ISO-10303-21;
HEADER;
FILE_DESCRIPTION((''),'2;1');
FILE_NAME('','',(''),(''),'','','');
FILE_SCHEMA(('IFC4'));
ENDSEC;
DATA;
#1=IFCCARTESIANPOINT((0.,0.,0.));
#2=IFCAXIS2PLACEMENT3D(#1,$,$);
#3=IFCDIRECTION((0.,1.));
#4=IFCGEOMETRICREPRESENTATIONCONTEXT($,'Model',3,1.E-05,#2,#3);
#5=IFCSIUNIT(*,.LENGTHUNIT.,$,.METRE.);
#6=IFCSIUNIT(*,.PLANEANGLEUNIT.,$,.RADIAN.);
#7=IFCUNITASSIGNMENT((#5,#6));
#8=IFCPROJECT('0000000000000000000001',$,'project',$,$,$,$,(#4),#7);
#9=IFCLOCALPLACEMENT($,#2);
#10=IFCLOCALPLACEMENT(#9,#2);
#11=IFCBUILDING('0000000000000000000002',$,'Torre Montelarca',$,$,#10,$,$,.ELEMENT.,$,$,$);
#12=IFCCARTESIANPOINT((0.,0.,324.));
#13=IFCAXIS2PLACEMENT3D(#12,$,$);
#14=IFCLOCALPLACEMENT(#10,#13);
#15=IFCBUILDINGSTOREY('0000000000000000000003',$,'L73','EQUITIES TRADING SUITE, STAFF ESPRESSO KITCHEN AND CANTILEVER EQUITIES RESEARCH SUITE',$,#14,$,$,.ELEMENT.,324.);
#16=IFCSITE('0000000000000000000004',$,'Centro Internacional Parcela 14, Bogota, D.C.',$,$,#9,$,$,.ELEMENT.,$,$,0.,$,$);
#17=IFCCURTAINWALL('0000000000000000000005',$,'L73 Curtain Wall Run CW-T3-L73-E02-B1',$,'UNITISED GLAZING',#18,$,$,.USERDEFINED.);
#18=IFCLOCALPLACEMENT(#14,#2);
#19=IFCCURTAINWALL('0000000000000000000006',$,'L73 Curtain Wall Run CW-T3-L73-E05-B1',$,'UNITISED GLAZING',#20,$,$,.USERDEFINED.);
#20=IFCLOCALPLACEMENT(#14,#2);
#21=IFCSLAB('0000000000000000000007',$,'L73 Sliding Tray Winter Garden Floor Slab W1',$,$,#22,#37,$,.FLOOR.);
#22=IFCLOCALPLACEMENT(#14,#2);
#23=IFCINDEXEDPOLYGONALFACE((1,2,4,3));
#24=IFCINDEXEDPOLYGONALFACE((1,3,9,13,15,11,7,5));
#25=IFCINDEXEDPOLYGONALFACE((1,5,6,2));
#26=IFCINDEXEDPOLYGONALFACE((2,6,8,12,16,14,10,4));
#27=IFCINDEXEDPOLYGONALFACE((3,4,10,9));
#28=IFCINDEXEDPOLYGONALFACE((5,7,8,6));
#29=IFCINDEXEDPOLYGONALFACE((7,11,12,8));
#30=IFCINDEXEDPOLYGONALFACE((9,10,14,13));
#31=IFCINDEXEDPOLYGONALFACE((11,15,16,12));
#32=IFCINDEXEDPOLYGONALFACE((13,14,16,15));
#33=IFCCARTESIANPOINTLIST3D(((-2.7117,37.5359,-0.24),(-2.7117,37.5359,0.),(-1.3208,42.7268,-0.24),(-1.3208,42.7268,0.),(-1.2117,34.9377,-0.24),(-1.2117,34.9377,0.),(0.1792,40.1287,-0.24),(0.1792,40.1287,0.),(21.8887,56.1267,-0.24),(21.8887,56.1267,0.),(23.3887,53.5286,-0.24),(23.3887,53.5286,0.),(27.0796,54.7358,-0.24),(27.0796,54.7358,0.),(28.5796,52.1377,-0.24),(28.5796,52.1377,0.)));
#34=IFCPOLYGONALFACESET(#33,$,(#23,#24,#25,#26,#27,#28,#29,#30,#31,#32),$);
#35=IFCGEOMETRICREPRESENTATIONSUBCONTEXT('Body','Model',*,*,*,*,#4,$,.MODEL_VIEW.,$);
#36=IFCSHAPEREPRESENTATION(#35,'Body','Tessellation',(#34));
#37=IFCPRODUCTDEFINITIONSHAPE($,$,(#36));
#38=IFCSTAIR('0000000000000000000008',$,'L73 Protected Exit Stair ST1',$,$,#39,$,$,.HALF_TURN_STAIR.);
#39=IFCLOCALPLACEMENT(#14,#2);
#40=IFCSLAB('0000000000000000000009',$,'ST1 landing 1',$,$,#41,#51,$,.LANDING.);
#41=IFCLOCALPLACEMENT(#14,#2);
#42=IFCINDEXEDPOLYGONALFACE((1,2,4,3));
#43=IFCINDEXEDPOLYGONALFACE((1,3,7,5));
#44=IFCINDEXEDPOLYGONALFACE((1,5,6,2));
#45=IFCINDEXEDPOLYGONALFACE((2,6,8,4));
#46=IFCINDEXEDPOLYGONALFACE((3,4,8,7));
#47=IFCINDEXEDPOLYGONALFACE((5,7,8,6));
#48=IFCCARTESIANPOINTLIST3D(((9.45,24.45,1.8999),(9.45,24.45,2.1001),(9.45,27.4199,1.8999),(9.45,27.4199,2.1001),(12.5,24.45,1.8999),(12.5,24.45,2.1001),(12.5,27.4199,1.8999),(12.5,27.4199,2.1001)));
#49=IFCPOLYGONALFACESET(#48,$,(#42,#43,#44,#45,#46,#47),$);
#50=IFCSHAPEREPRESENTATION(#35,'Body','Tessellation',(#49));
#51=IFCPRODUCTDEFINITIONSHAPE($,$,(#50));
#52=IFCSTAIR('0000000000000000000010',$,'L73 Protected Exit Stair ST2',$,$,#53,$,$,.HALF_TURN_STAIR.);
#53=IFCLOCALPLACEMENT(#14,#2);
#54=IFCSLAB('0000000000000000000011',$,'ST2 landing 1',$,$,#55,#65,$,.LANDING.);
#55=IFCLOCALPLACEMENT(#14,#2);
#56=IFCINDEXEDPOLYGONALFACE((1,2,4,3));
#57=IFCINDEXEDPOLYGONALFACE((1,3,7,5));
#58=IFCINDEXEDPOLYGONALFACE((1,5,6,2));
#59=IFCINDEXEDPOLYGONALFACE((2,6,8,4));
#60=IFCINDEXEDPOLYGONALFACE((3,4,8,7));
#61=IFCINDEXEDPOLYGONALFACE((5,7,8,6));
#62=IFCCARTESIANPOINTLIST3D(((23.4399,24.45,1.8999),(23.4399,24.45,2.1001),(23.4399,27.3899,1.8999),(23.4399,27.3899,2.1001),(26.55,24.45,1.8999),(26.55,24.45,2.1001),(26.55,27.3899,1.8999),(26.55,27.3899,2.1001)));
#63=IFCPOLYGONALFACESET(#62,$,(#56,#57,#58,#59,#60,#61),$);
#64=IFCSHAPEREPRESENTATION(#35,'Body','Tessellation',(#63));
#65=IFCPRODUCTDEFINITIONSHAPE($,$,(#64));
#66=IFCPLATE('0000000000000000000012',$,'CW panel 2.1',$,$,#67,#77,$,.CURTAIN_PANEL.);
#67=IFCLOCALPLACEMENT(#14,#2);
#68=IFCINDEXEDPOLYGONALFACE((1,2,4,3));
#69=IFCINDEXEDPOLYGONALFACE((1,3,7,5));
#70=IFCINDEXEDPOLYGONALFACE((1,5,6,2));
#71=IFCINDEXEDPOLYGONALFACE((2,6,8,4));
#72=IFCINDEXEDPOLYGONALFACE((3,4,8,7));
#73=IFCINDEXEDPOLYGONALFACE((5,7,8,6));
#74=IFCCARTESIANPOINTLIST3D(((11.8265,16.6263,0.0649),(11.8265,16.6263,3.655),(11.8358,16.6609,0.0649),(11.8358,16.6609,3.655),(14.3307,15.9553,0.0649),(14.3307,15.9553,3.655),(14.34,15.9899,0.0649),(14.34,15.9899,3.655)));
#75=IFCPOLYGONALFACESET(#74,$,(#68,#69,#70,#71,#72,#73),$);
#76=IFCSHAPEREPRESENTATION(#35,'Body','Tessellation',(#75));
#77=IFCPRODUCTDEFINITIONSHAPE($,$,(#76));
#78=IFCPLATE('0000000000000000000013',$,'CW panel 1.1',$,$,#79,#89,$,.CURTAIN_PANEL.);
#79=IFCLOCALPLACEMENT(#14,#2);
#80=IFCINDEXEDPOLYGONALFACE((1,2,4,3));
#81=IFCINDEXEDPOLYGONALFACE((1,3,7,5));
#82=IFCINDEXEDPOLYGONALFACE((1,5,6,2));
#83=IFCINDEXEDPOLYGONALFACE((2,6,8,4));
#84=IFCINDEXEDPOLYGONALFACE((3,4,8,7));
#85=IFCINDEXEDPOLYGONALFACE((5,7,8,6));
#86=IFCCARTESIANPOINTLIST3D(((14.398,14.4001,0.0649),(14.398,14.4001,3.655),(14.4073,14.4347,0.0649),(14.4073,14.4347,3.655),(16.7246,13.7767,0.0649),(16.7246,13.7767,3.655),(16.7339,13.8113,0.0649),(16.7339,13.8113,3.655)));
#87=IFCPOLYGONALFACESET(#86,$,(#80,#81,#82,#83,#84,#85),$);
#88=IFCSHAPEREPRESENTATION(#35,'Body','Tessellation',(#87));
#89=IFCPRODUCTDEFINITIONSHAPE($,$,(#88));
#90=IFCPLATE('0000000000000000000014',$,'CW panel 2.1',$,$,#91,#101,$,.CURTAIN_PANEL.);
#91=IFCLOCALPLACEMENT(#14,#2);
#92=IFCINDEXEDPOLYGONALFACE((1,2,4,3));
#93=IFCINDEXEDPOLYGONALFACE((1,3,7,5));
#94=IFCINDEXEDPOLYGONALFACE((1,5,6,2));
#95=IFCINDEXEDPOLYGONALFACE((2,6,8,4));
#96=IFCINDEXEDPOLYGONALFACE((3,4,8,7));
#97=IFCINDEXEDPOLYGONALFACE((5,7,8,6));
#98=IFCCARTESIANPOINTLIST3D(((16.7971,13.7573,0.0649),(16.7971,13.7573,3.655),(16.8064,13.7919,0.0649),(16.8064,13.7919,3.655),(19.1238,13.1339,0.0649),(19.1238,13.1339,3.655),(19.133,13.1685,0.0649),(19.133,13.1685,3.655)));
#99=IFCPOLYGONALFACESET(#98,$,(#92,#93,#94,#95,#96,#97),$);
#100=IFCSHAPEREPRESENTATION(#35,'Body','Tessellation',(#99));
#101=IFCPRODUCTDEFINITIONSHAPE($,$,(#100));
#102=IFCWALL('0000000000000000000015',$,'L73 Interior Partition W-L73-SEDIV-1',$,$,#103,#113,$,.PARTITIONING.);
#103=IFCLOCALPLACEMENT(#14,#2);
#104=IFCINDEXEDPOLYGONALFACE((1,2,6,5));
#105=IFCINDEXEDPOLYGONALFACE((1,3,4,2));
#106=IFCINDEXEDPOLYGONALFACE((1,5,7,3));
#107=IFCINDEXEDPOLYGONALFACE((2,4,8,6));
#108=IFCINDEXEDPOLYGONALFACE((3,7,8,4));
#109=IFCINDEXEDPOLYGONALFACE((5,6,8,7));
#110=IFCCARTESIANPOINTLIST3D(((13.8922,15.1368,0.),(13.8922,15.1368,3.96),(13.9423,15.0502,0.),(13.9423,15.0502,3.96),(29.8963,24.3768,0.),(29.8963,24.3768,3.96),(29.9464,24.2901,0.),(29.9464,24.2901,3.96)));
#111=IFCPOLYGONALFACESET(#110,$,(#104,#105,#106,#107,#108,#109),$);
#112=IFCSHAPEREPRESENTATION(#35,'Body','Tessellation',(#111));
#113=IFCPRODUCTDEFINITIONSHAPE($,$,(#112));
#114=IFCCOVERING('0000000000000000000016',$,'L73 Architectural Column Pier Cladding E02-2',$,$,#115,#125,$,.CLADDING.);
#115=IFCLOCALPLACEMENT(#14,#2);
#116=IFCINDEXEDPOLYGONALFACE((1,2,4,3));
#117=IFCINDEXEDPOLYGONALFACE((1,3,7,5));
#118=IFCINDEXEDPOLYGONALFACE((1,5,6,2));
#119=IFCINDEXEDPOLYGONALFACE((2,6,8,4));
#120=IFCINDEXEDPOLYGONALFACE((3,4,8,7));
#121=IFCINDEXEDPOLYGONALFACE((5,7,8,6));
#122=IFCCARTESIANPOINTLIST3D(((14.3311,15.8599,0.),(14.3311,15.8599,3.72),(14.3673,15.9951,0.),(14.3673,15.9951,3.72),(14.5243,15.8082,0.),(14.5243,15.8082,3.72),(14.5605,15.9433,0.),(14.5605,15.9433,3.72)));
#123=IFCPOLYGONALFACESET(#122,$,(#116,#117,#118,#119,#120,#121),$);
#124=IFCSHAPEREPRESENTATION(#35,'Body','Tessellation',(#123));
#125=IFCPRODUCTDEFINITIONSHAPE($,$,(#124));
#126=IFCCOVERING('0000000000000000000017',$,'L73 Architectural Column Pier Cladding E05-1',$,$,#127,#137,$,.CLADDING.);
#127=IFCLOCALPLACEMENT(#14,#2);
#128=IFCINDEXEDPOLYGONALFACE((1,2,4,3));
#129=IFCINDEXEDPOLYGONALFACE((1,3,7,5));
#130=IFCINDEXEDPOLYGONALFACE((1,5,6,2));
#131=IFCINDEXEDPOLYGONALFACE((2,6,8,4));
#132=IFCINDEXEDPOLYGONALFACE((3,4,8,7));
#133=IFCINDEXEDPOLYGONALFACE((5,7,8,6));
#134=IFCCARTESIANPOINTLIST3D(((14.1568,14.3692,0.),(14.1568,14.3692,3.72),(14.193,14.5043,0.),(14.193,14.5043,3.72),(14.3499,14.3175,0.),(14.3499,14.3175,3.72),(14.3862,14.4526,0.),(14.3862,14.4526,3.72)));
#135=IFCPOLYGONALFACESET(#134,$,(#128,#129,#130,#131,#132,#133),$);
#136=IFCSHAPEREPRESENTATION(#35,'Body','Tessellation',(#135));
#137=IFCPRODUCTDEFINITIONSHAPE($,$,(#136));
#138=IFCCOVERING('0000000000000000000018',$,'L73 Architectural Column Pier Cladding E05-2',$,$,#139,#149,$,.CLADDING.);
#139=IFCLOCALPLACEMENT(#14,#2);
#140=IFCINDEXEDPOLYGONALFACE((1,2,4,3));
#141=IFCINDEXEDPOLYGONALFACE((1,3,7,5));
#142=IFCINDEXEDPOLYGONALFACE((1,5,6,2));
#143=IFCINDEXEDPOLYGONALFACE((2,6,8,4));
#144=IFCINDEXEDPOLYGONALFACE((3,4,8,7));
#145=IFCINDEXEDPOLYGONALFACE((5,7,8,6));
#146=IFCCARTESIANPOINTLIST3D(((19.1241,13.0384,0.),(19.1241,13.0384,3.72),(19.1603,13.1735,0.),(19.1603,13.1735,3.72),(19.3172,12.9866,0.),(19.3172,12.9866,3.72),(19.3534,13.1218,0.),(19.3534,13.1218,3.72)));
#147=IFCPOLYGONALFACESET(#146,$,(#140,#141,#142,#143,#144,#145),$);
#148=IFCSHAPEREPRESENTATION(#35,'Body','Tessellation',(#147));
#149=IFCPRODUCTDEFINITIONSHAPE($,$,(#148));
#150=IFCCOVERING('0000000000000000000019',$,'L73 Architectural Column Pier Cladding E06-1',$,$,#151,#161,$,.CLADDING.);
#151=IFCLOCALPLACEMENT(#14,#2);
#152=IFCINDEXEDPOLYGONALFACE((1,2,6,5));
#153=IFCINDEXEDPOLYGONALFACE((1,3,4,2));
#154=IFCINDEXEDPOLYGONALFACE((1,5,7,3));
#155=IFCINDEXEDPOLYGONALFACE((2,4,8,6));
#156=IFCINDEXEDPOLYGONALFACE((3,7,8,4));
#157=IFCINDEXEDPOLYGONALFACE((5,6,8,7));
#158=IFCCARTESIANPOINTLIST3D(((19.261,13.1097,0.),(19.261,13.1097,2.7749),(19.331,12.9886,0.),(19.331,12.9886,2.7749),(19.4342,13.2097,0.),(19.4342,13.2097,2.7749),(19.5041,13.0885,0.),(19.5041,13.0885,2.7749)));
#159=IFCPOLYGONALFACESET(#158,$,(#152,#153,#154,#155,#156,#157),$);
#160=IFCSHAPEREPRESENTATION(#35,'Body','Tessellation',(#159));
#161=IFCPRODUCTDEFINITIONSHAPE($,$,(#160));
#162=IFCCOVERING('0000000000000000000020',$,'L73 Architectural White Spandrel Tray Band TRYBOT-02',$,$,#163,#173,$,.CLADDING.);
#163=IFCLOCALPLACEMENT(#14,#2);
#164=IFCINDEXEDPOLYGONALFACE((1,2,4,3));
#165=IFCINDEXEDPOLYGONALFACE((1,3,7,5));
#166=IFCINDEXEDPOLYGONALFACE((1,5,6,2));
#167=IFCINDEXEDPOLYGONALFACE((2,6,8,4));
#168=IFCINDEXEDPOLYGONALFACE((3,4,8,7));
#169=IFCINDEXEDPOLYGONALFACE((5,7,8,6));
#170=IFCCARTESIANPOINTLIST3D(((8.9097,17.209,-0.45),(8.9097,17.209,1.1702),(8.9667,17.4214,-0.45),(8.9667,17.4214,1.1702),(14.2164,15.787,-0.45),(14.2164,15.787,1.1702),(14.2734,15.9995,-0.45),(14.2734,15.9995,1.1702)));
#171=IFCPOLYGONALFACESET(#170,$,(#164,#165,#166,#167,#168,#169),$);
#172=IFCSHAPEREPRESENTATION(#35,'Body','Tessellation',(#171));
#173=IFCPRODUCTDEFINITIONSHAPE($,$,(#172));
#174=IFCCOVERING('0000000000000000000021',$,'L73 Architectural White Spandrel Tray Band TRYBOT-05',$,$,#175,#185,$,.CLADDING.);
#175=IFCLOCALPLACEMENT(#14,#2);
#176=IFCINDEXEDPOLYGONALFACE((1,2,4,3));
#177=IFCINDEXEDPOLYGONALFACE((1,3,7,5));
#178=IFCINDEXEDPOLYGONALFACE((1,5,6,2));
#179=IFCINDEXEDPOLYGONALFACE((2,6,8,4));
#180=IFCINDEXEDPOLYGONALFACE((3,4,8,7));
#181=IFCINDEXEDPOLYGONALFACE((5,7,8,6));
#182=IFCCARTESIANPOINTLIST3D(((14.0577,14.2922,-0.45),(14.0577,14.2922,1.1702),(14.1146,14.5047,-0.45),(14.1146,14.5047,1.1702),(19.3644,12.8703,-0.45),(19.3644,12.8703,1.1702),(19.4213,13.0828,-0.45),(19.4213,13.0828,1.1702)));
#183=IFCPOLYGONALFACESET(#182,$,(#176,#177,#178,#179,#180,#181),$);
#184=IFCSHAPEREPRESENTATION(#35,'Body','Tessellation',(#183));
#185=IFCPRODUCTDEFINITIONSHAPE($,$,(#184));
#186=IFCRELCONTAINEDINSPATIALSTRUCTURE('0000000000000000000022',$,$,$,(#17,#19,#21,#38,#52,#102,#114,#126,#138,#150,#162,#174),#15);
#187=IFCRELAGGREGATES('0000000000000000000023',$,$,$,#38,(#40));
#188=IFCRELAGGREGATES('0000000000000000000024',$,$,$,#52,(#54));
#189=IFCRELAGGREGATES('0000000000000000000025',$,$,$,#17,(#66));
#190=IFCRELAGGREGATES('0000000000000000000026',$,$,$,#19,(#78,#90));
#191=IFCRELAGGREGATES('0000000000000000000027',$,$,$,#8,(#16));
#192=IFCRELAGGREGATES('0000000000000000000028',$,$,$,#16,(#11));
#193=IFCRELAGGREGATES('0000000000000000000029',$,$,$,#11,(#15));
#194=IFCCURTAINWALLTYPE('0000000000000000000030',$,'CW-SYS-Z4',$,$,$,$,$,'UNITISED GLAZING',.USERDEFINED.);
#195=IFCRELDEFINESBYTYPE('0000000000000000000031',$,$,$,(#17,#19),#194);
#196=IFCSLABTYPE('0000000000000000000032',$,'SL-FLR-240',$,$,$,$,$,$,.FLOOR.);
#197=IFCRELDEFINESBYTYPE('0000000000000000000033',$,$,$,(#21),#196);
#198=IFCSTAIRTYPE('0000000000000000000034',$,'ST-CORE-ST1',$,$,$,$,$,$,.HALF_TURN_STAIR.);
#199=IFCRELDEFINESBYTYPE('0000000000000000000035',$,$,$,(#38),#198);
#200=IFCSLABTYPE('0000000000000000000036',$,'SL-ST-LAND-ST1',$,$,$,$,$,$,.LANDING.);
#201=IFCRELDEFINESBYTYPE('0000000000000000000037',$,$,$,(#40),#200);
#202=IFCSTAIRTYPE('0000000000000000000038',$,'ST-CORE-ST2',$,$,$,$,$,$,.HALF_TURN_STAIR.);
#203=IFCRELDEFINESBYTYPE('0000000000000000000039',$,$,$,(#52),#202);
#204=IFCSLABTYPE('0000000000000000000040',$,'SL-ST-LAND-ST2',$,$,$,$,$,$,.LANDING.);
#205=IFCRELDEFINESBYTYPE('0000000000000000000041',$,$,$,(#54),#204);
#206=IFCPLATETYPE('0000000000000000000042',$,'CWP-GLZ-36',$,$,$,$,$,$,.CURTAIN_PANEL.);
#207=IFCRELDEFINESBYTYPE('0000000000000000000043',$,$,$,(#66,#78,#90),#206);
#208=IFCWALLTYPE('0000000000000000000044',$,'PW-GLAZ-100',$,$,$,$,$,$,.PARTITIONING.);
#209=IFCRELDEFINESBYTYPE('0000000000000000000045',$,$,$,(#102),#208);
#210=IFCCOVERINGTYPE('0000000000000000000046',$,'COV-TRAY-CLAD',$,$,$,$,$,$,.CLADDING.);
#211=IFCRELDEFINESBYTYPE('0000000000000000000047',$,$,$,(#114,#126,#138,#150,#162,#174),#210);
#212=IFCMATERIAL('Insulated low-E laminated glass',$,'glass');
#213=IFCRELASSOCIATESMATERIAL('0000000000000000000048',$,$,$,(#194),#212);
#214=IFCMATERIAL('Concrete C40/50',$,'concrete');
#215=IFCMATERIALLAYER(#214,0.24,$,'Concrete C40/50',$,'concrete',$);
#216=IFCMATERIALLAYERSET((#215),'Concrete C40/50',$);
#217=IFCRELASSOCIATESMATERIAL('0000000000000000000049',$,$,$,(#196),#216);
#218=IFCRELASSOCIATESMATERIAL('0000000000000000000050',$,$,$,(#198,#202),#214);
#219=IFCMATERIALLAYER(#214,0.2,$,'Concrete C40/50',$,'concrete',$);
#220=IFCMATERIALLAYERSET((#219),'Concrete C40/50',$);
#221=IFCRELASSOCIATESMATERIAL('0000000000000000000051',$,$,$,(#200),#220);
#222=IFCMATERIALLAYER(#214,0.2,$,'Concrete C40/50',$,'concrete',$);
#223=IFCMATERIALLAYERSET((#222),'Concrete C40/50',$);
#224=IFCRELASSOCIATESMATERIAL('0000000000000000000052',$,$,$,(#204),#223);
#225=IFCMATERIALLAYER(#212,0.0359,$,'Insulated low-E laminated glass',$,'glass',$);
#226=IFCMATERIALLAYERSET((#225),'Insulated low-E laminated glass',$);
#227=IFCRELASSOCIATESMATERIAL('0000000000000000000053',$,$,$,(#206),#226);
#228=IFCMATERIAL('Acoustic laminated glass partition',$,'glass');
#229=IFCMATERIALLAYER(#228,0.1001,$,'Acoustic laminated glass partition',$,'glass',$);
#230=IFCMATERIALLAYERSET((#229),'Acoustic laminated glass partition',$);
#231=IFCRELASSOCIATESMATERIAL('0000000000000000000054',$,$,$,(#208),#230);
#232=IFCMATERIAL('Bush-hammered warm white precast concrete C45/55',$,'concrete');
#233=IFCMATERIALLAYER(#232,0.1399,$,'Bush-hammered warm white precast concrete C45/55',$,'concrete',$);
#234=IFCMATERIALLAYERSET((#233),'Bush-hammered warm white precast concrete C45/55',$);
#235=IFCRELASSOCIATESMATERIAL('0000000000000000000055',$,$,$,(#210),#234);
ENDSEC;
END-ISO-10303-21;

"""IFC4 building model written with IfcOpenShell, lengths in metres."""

from ifc_helpers import new_model, si_unit, direction, frame, frame_2d, origin, origin_2d, place, context, subcontext, project, spatial, polyline, rectangle, outline, extrude, source, transform, mapped, material, layer, layer_set, type_object, element, aggregate, save


model = new_model("IFC4")

# Units and contexts
model_context = context("Model", 3, precision=1e-05, world=origin(), true_north=direction((0.0, 1.0)))
body_context = subcontext(model_context, "Body", "Model", "MODEL_VIEW")
ifc_project = project(units=[si_unit("LENGTHUNIT", "METRE"), si_unit("PLANEANGLEUNIT", "RADIAN")], contexts=[model_context])

# Site, building, storey
site_placement = place(None, origin())
site = spatial("IfcSite", under=ifc_project, at=site_placement, Name="Centro Internacional Parcela 14, Bogota, D.C.", CompositionType="ELEMENT", RefElevation=0.0)
building_placement = place(site_placement, origin())
building = spatial("IfcBuilding", under=site, at=building_placement, Name="Torre Montelarca", CompositionType="ELEMENT")
storey_placement = place(building_placement, frame((0.0, 0.0, 324.0)))
storey = spatial("IfcBuildingStorey", under=building, at=storey_placement, Name="L73", Description="EQUITIES TRADING SUITE, STAFF ESPRESSO KITCHEN AND CANTILEVER EQUITIES RESEARCH SUITE", CompositionType="ELEMENT", Elevation=324.0)

# Curtain wall
ifc_material_1 = material(Name="Insulated low-E laminated glass", Category="glass")
curtain_wall_type = type_object("IfcCurtainWallType", Name="CW-SYS-Z4", ElementType="UNITISED GLAZING", PredefinedType="USERDEFINED", material=ifc_material_1)
curtain_wall_1_placement = place(storey_placement, origin())
curtain_wall_1 = element("IfcCurtainWall", 1, at=curtain_wall_1_placement, inside=storey, type_object=curtain_wall_type, Name="L73 Curtain Wall Run CW-T3-L73-E02-B1", ObjectType="UNITISED GLAZING", PredefinedType="USERDEFINED")

# Curtain wall
curtain_wall_2_placement = place(storey_placement, origin())
curtain_wall_2 = element("IfcCurtainWall", 2, at=curtain_wall_2_placement, inside=storey, type_object=curtain_wall_type, Name="L73 Curtain Wall Run CW-T3-L73-E05-B1", ObjectType="UNITISED GLAZING", PredefinedType="USERDEFINED")

# Slab
ifc_material_2 = material(Name="Concrete C40/50", Category="concrete")
ifc_layer_1 = layer(ifc_material_2, 0.24, Name="Concrete C40/50", Category="concrete")
ifc_layer_set_1 = layer_set([ifc_layer_1], Name="Concrete C40/50")
slab_type_1 = type_object("IfcSlabType", Name="SL-FLR-240", PredefinedType="FLOOR", material=ifc_layer_set_1)
slab_1_placement = place(storey_placement, frame((0.0, 0.0, -0.24)))
element("IfcSlab", 3, at=slab_1_placement, inside=storey, type_object=slab_type_1, Name="L73 Sliding Tray Winter Garden Floor Slab W1", PredefinedType="FLOOR", context=body_context, shape_type="SweptSolid", body=[
    extrude(outline(polyline([(-1.2117, 34.9377), (0.1792, 40.1287), (23.3887, 53.5286), (28.5796, 52.1377), (27.0796, 54.7358), (21.8887, 56.1267), (-1.3208, 42.7268), (-2.7117, 37.5359), (-1.2117, 34.9377)])), origin(), (0.0, 0.0, 1.0), 0.24),
])

# Stairs, slabs
stair_type_1 = type_object("IfcStairType", Name="ST-CORE-ST1", PredefinedType="HALF_TURN_STAIR", material=ifc_material_2)
stair_1_placement = place(storey_placement, origin())
stair_1 = element("IfcStair", 4, at=stair_1_placement, inside=storey, type_object=stair_type_1, Name="L73 Protected Exit Stair ST1", PredefinedType="HALF_TURN_STAIR")
ifc_layer_2 = layer(ifc_material_2, 0.2, Name="Concrete C40/50", Category="concrete")
ifc_layer_set_2 = layer_set([ifc_layer_2], Name="Concrete C40/50")
slab_type_2 = type_object("IfcSlabType", Name="SL-ST-LAND-ST1", PredefinedType="LANDING", material=ifc_layer_set_2)
slab_2_placement = place(storey_placement, frame((0.0, 0.0, 1.8999)))
slab_2 = element("IfcSlab", 5, at=slab_2_placement, type_object=slab_type_2, Name="ST1 landing 1", PredefinedType="LANDING", context=body_context, shape_type="SweptSolid", body=[
    extrude(outline(polyline([(9.45, 27.4199), (9.45, 24.45), (12.5, 24.45), (12.5, 27.4199), (9.45, 27.4199)])), origin(), (0.0, 0.0, 1.0), 0.2002),
])
aggregate(stair_1, [slab_2])
stair_type_2 = type_object("IfcStairType", Name="ST-CORE-ST2", PredefinedType="HALF_TURN_STAIR", material=ifc_material_2)
stair_2_placement = place(storey_placement, origin())
stair_2 = element("IfcStair", 6, at=stair_2_placement, inside=storey, type_object=stair_type_2, Name="L73 Protected Exit Stair ST2", PredefinedType="HALF_TURN_STAIR")
ifc_layer_3 = layer(ifc_material_2, 0.2, Name="Concrete C40/50", Category="concrete")
ifc_layer_set_3 = layer_set([ifc_layer_3], Name="Concrete C40/50")
slab_type_3 = type_object("IfcSlabType", Name="SL-ST-LAND-ST2", PredefinedType="LANDING", material=ifc_layer_set_3)
slab_3_placement = place(storey_placement, frame((0.0, 0.0, 1.8999)))
slab_3 = element("IfcSlab", 7, at=slab_3_placement, type_object=slab_type_3, Name="ST2 landing 1", PredefinedType="LANDING", context=body_context, shape_type="SweptSolid", body=[
    extrude(outline(polyline([(23.4399, 27.3899), (23.4399, 24.45), (26.55, 24.45), (26.55, 27.3899), (23.4399, 27.3899)])), origin(), (0.0, 0.0, 1.0), 0.2002),
])
aggregate(stair_2, [slab_3])

# Plates
ifc_layer_4 = layer(ifc_material_1, 0.0359, Name="Insulated low-E laminated glass", Category="glass")
ifc_layer_set_4 = layer_set([ifc_layer_4], Name="Insulated low-E laminated glass")
plate_type = type_object("IfcPlateType", Name="CWP-GLZ-36", PredefinedType="CURTAIN_PANEL", material=ifc_layer_set_4)
shared_shape_1 = source(origin(), body_context, "Body", "SweptSolid", [
    extrude(rectangle(XDim=2.5925, YDim=0.0359, at=origin_2d()), origin(), (0.0, 0.0, 1.0), 3.5901),
])
plate_1_placement = place(storey_placement, frame((13.0833, 16.3081, 0.0649), z_axis=(0.0, 0.0, 1.0), x_axis=(0.965926, -0.25882, 0.0)))
plate_1 = element("IfcPlate", 8, at=plate_1_placement, type_object=plate_type, Name="CW panel 2.1", PredefinedType="CURTAIN_PANEL", context=body_context, shape_type="MappedRepresentation", body=[
    mapped(shared_shape_1, transform((0.0, 0.0, 0.0), scale=1.0)),
])
aggregate(curtain_wall_1, [plate_1])
shared_shape_2 = source(origin(), body_context, "Body", "SweptSolid", [
    extrude(rectangle(XDim=2.4087, YDim=0.0359, at=origin_2d()), origin(), (0.0, 0.0, 1.0), 3.5901),
])
plate_2_placement = place(storey_placement, frame((15.5659, 14.1057, 0.0649), z_axis=(0.0, 0.0, 1.0), x_axis=(0.965927, -0.258815, 0.0)))
plate_2 = element("IfcPlate", 9, at=plate_2_placement, type_object=plate_type, Name="CW panel 1.1", PredefinedType="CURTAIN_PANEL", context=body_context, shape_type="MappedRepresentation", body=[
    mapped(shared_shape_2, transform((0.0, 0.0, 0.0), scale=1.0)),
])
plate_3_placement = place(storey_placement, frame((17.9651, 13.4629, 0.0649), z_axis=(0.0, 0.0, 1.0), x_axis=(0.965927, -0.258815, 0.0)))
plate_3 = element("IfcPlate", 10, at=plate_3_placement, type_object=plate_type, Name="CW panel 2.1", PredefinedType="CURTAIN_PANEL", context=body_context, shape_type="MappedRepresentation", body=[
    mapped(shared_shape_2, transform((0.0, 0.0, 0.0), scale=1.0)),
])
aggregate(curtain_wall_2, [plate_2, plate_3])

# Wall
ifc_material_3 = material(Name="Acoustic laminated glass partition", Category="glass")
ifc_layer_5 = layer(ifc_material_3, 0.1001, Name="Acoustic laminated glass partition", Category="glass")
ifc_layer_set_5 = layer_set([ifc_layer_5], Name="Acoustic laminated glass partition")
wall_type = type_object("IfcWallType", Name="PW-GLAZ-100", PredefinedType="PARTITIONING", material=ifc_layer_set_5)
wall_placement = place(storey_placement, frame((13.9172, 15.0935, 0.0), z_axis=(0.0, 0.0, 1.0), x_axis=(0.866026, 0.5, 0.0)))
element("IfcWall", 11, at=wall_placement, inside=storey, type_object=wall_type, Name="L73 Interior Partition W-L73-SEDIV-1", PredefinedType="PARTITIONING", context=body_context, shape_type="SweptSolid", body=[
    extrude(rectangle(XDim=18.48, YDim=0.1001, at=frame_2d((9.24, 0.0))), origin(), (0.0, 0.0, 1.0), 3.96),
])

# Coverings
ifc_material_4 = material(Name="Bush-hammered warm white precast concrete C45/55", Category="concrete")
ifc_layer_6 = layer(ifc_material_4, 0.1399, Name="Bush-hammered warm white precast concrete C45/55", Category="concrete")
ifc_layer_set_6 = layer_set([ifc_layer_6], Name="Bush-hammered warm white precast concrete C45/55")
covering_type = type_object("IfcCoveringType", Name="COV-TRAY-CLAD", PredefinedType="CLADDING", material=ifc_layer_set_6)
shared_shape_3 = source(origin(), body_context, "Body", "SweptSolid", [
    extrude(rectangle(XDim=0.2, YDim=0.1399, at=origin_2d()), origin(), (0.0, 0.0, 1.0), 3.72),
])
for number, where, z_axis, x_axis, name in (
    (12, (14.4458, 15.9016, 0.0), (0.0, 0.0, 1.0), (0.965924, -0.258826, 0.0), "L73 Architectural Column Pier Cladding E02-2"),
    (13, (14.2715, 14.4109, 0.0), (0.0, 0.0, 1.0), (0.965925, -0.258821, 0.0), "L73 Architectural Column Pier Cladding E05-1"),
    (14, (19.2388, 13.0801, 0.0), (0.0, 0.0, 1.0), (0.965925, -0.258821, 0.0), "L73 Architectural Column Pier Cladding E05-2"),
):
    element("IfcCovering", number, at=place(storey_placement, frame(where, z_axis=z_axis, x_axis=x_axis)), inside=storey, type_object=covering_type, Name=name, PredefinedType="CLADDING", context=body_context, shape_type="MappedRepresentation", body=[
        mapped(shared_shape_3, transform((0.0, 0.0, 0.0), scale=1.0)),
    ])
shared_shape_4 = source(origin(), body_context, "Body", "SweptSolid", [
    extrude(rectangle(XDim=0.2, YDim=0.1399, at=origin_2d()), origin(), (0.0, 0.0, 1.0), 2.7749),
])
covering_1_placement = place(storey_placement, frame((19.3826, 13.0991, 0.0), z_axis=(0.0, 0.0, 1.0), x_axis=(0.866025, 0.5, 0.0)))
element("IfcCovering", 15, at=covering_1_placement, inside=storey, type_object=covering_type, Name="L73 Architectural Column Pier Cladding E06-1", PredefinedType="CLADDING", context=body_context, shape_type="MappedRepresentation", body=[
    mapped(shared_shape_4, transform((0.0, 0.0, 0.0), scale=1.0)),
])
shared_shape_5 = source(origin(), body_context, "Body", "SweptSolid", [
    extrude(rectangle(XDim=5.4939, YDim=0.22, at=origin_2d()), origin(), (0.0, 0.0, 1.0), 1.6201),
])
for number, where, z_axis, x_axis, name in (
    (16, (11.5916, 16.6042, -0.45), (0.0, 0.0, 1.0), (0.965926, -0.258819, 0.0), "L73 Architectural White Spandrel Tray Band TRYBOT-02"),
    (17, (16.7395, 13.6875, -0.45), (0.0, 0.0, 1.0), (0.965926, -0.258819, 0.0), "L73 Architectural White Spandrel Tray Band TRYBOT-05"),
):
    element("IfcCovering", number, at=place(storey_placement, frame(where, z_axis=z_axis, x_axis=x_axis)), inside=storey, type_object=covering_type, Name=name, PredefinedType="CLADDING", context=body_context, shape_type="MappedRepresentation", body=[
        mapped(shared_shape_5, transform((0.0, 0.0, 0.0), scale=1.0)),
    ])

save(model, "model.ifc")
